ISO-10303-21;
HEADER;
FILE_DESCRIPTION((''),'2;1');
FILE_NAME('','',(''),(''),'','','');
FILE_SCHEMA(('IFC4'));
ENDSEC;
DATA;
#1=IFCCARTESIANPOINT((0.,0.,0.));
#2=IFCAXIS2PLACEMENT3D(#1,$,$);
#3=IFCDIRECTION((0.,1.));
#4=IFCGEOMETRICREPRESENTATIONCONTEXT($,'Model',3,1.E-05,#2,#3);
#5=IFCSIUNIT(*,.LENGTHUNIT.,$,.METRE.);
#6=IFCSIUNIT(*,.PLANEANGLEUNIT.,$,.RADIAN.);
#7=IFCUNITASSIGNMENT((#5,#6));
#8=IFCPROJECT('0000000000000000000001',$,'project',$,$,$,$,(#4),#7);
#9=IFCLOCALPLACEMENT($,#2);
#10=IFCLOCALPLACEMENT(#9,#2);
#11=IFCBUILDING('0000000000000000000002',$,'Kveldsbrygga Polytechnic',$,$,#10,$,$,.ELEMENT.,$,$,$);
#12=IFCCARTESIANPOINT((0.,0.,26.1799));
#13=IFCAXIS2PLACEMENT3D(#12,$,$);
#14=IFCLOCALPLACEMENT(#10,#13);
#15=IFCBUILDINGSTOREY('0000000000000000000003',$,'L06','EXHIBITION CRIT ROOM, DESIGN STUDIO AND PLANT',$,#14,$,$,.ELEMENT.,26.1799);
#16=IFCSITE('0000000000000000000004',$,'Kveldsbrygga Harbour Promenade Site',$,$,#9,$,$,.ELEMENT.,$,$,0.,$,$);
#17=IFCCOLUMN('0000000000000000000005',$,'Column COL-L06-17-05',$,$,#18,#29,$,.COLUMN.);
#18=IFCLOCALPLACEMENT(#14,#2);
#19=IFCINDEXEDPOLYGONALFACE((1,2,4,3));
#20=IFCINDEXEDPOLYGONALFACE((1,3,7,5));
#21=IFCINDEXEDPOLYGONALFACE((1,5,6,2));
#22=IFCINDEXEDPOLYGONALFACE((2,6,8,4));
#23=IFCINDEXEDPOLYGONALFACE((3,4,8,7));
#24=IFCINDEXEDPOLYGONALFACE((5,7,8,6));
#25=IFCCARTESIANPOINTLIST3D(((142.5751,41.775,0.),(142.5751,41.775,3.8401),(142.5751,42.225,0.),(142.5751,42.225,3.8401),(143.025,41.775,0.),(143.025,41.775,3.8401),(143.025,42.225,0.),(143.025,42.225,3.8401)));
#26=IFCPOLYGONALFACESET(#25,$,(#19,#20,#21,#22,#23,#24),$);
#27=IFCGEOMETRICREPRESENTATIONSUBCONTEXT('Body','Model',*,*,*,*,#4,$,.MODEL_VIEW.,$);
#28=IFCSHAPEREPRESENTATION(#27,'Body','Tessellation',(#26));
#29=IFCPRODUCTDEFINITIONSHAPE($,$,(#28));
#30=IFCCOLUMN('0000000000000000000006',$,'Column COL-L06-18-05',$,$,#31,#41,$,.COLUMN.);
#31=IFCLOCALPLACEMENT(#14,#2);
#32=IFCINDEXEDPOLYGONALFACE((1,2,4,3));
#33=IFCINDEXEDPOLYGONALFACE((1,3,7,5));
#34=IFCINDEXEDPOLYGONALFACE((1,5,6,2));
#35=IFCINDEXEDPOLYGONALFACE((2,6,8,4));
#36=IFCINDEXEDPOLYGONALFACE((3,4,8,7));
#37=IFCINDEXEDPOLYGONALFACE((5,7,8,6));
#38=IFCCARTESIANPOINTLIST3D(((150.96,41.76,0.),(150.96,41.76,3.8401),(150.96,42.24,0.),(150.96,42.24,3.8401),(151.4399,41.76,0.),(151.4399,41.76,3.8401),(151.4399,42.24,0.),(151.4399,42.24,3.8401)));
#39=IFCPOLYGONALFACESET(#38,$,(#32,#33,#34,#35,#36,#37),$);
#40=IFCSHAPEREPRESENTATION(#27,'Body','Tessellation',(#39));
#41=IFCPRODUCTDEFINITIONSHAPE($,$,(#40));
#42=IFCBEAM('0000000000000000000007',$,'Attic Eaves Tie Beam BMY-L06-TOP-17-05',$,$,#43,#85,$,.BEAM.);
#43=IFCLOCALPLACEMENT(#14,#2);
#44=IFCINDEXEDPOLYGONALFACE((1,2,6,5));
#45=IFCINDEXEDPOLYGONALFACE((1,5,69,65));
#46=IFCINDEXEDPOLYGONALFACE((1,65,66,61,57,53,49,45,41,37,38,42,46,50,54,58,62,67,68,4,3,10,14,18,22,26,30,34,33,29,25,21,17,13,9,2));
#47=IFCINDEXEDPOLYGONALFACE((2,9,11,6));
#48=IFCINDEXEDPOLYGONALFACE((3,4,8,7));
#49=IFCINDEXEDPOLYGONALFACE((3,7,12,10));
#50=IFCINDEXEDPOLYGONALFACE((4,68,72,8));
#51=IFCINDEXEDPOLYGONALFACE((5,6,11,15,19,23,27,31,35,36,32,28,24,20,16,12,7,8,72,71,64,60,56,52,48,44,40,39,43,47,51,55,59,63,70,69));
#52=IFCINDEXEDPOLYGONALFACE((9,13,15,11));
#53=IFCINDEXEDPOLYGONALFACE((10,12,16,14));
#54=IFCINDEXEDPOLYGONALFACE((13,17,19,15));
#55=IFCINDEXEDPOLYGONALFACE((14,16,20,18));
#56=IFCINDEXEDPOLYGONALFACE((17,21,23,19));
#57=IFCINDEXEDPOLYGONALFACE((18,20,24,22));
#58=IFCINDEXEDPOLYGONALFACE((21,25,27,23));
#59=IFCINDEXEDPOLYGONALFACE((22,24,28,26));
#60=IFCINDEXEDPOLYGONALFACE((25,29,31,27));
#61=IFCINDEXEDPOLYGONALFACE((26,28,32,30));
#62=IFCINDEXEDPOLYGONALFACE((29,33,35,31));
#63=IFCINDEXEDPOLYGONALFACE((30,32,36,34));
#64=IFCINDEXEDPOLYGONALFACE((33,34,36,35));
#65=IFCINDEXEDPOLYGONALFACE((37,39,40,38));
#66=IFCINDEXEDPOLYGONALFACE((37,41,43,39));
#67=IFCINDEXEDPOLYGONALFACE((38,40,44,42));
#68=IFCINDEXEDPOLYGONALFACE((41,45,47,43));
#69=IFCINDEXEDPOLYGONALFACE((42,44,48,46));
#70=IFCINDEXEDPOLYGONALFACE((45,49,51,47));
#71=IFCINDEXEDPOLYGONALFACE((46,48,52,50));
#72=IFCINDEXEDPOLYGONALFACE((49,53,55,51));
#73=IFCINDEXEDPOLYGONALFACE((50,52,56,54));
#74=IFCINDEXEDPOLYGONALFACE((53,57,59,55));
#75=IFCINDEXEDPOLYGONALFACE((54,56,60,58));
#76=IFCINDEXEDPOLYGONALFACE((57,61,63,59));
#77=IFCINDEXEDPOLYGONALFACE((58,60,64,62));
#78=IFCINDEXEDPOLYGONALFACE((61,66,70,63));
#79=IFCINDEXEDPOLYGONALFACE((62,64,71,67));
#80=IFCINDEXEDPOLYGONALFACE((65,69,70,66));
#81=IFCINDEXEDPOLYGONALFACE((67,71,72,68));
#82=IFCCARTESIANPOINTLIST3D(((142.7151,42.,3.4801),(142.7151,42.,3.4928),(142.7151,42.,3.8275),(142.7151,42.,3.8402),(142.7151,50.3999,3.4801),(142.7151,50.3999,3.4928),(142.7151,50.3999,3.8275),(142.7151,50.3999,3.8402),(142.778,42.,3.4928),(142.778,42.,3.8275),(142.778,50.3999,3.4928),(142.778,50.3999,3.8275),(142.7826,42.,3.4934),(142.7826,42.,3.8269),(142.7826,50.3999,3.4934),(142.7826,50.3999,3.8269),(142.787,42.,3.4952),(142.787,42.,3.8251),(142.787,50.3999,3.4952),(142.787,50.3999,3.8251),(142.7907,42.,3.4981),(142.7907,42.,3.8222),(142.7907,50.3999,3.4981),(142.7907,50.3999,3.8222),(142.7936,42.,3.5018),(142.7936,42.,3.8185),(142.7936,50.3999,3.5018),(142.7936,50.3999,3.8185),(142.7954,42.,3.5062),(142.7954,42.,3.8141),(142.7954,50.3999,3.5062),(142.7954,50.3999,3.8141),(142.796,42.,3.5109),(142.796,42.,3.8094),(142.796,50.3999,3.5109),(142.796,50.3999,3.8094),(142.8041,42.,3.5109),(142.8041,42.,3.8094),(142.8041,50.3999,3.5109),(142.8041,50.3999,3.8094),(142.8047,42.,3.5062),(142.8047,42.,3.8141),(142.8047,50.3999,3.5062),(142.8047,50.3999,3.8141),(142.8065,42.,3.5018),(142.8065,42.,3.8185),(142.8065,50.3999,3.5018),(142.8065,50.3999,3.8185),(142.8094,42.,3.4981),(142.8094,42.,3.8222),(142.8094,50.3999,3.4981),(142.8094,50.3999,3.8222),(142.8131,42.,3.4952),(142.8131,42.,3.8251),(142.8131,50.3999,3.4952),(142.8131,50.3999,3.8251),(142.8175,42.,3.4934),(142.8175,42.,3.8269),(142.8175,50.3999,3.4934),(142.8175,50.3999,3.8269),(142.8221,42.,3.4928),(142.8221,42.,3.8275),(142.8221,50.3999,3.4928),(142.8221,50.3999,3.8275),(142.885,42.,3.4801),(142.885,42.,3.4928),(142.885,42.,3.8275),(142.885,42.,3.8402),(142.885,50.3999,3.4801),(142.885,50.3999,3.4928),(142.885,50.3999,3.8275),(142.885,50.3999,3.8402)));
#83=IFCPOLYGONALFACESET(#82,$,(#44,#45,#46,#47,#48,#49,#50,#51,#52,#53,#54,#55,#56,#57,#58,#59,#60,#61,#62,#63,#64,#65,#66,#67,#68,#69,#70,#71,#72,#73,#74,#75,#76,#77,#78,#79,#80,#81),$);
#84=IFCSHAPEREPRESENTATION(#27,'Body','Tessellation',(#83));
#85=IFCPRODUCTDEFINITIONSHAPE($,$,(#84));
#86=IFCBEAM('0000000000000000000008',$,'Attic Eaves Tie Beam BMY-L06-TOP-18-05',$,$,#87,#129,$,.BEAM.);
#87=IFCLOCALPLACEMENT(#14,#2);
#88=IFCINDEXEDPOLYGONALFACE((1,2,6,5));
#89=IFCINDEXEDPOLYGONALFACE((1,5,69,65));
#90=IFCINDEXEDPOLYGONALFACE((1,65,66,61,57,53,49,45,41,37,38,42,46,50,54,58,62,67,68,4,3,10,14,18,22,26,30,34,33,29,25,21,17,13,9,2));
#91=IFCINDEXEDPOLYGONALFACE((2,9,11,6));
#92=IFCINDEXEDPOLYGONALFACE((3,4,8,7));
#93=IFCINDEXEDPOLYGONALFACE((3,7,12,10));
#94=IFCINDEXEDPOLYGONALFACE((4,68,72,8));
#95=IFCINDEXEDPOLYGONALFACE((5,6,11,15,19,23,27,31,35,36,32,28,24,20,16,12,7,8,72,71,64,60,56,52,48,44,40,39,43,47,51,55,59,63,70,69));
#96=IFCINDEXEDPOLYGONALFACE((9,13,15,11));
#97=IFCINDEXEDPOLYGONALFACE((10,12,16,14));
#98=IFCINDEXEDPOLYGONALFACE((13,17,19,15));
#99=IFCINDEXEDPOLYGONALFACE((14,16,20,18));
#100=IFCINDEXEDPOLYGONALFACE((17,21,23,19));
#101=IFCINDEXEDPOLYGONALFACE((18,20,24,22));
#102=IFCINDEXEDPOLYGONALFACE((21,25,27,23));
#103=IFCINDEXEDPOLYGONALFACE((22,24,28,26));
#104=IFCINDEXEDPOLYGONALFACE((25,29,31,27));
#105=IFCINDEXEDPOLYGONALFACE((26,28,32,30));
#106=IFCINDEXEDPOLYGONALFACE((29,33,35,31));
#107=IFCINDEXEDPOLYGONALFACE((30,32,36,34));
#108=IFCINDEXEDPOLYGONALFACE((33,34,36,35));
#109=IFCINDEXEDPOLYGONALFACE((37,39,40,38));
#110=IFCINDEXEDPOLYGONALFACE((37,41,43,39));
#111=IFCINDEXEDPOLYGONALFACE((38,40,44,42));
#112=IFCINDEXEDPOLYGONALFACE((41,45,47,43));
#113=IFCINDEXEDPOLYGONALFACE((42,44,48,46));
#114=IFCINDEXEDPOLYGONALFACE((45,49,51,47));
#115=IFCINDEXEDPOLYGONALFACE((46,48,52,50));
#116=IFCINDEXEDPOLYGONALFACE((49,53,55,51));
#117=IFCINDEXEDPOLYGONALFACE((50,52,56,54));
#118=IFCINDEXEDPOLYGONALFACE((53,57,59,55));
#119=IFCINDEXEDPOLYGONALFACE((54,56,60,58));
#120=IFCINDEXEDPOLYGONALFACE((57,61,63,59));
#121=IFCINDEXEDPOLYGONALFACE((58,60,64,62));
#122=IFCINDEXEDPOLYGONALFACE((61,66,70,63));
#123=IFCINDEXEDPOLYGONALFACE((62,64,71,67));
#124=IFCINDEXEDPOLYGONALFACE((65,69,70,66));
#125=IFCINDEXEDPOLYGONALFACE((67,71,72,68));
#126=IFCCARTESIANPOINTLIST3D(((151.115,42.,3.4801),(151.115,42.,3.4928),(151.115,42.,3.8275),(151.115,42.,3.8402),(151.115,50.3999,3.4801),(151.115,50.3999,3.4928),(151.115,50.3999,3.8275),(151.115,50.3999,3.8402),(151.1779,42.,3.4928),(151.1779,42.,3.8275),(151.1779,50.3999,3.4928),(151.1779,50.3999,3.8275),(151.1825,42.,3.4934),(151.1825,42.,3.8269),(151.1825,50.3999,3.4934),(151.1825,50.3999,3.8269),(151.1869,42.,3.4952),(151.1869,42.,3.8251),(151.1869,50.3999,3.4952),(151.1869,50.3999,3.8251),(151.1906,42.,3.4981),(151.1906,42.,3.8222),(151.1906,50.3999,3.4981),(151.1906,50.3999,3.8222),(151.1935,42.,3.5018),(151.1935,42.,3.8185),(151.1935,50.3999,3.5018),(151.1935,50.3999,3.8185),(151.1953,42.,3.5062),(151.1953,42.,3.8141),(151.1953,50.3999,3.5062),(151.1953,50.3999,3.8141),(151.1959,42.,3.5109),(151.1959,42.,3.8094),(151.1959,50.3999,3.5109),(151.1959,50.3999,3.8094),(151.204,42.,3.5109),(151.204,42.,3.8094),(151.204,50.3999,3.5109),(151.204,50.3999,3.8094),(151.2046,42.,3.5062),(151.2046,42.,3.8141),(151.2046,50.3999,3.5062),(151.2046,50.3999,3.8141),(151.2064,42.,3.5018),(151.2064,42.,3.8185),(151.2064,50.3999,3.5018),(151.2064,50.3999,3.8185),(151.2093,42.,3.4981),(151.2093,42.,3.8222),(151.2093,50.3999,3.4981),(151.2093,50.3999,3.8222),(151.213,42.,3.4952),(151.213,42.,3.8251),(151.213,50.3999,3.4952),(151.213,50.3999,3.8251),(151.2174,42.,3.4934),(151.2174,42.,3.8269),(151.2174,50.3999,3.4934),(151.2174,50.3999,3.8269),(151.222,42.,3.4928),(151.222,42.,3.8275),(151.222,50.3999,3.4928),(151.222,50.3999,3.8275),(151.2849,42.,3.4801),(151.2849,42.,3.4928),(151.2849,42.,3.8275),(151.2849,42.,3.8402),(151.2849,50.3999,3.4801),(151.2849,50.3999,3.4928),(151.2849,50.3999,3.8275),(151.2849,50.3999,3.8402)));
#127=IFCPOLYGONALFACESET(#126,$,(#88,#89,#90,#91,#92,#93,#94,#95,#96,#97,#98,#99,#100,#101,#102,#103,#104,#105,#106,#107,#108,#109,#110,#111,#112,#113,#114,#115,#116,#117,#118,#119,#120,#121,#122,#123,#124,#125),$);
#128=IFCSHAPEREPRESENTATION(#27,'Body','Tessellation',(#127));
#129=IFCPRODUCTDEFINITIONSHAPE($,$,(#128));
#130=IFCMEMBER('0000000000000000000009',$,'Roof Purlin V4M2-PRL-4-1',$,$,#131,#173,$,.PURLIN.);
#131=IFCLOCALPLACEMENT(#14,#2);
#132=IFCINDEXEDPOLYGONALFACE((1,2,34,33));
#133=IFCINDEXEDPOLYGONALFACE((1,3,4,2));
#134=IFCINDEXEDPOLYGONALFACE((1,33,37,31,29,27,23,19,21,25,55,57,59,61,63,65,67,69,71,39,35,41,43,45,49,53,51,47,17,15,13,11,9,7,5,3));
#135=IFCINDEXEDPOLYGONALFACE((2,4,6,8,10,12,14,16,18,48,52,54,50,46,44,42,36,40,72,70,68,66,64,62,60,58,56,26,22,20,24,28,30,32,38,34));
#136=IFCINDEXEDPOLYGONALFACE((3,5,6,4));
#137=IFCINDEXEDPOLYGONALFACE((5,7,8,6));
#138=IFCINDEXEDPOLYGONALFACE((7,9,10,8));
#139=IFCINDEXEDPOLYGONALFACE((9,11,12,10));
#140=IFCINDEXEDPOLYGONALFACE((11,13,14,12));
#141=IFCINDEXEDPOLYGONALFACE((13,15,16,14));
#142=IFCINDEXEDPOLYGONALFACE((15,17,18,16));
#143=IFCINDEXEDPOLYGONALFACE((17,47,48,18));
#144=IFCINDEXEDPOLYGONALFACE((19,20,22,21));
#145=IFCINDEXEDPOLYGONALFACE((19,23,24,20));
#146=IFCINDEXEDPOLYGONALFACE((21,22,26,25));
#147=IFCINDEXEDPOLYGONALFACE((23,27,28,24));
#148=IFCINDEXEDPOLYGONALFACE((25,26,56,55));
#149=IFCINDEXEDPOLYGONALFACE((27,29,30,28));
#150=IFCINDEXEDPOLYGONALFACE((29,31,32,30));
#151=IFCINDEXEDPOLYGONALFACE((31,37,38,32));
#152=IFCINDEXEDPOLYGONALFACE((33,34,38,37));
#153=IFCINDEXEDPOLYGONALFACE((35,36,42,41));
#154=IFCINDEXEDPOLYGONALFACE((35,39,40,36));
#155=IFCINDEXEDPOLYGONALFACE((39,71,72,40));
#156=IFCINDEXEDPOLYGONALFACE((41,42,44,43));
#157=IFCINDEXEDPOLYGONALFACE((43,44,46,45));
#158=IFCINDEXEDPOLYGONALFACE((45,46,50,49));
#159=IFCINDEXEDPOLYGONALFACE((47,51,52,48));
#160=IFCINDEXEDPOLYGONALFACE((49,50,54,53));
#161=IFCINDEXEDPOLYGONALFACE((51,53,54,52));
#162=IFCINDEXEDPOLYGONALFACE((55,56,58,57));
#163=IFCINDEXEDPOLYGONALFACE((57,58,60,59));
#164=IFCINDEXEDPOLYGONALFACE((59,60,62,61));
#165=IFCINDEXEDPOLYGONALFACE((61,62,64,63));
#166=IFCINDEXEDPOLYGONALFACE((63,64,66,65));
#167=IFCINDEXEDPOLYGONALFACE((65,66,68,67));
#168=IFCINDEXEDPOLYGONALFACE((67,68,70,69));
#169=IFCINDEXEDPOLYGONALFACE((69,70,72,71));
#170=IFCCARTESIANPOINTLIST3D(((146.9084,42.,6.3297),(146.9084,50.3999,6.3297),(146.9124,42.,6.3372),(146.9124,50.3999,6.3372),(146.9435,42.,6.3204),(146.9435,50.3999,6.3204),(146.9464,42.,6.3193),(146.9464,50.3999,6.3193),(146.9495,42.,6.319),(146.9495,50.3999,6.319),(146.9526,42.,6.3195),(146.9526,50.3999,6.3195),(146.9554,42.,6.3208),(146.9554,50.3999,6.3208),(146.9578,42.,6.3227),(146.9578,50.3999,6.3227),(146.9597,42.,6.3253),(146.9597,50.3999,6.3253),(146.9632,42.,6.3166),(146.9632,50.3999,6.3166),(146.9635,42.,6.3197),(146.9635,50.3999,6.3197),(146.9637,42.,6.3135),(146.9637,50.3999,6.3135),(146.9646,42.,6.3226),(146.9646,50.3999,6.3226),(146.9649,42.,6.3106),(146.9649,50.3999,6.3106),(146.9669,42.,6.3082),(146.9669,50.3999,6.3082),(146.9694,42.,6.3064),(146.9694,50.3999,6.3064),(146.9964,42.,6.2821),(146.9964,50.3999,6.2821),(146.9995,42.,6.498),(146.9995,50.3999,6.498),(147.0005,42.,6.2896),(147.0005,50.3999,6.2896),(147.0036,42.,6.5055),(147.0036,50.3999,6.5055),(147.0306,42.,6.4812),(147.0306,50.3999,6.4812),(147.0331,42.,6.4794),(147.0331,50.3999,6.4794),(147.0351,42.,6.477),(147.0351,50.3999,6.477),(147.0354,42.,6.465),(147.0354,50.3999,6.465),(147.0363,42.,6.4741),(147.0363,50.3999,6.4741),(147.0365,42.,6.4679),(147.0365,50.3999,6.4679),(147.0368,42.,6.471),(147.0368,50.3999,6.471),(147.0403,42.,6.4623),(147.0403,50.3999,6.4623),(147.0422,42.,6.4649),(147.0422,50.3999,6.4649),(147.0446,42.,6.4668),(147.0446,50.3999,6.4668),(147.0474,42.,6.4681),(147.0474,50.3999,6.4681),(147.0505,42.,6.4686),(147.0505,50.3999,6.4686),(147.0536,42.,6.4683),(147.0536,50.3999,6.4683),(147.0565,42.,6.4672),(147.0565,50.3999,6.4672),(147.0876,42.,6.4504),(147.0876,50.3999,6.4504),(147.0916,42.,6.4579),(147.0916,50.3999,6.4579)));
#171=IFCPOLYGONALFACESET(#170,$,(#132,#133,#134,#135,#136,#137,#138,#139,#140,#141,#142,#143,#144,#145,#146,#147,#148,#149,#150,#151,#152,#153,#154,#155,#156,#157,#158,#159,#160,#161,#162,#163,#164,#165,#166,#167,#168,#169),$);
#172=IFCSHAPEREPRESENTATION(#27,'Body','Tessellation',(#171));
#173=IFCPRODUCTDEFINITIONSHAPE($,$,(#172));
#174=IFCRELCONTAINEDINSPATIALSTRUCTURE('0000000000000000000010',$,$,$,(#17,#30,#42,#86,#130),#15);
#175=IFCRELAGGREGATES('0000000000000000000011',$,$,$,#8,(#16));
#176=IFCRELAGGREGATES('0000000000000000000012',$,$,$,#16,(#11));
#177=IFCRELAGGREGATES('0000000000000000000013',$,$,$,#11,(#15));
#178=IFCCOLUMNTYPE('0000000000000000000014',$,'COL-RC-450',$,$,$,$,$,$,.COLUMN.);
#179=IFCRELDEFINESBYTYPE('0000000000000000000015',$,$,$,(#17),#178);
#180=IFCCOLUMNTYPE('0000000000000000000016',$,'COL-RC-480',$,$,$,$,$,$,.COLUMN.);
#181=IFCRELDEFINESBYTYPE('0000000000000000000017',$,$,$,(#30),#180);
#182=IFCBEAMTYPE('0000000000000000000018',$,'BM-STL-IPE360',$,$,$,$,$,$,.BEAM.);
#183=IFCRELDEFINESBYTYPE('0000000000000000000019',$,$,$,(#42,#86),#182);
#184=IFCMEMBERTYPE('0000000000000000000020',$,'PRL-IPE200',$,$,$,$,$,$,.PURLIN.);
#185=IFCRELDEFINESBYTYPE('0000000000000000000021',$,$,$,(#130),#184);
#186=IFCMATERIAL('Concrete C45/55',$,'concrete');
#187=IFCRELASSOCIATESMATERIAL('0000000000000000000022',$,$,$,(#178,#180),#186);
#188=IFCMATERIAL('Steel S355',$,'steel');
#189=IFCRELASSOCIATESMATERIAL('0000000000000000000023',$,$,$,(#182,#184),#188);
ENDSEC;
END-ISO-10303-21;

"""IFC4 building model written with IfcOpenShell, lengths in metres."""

from ifc_helpers import new_model, si_unit, direction, frame, origin, origin_2d, place, context, subcontext, project, spatial, rectangle, i_section, extrude, material, material_profile, profile_set, type_object, element, save


model = new_model("IFC4")

# Units and contexts
model_context = context("Model", 3, precision=1e-05, world=origin(), true_north=direction((0.0, 1.0)))
body_context = subcontext(model_context, "Body", "Model", "MODEL_VIEW")
ifc_project = project(units=[si_unit("LENGTHUNIT", "METRE"), si_unit("PLANEANGLEUNIT", "RADIAN")], contexts=[model_context])

# Site, building, storey
site_placement = place(None, origin())
site = spatial("IfcSite", under=ifc_project, at=site_placement, Name="Kveldsbrygga Harbour Promenade Site", CompositionType="ELEMENT", RefElevation=0.0)
building_placement = place(site_placement, origin())
building = spatial("IfcBuilding", under=site, at=building_placement, Name="Kveldsbrygga Polytechnic", CompositionType="ELEMENT")
storey_placement = place(building_placement, frame((0.0, 0.0, 26.1799)))
storey = spatial("IfcBuildingStorey", under=building, at=storey_placement, Name="L06", Description="EXHIBITION CRIT ROOM, DESIGN STUDIO AND PLANT", CompositionType="ELEMENT", Elevation=26.1799)

# Columns
ifc_material_1 = material(Name="Concrete C45/55", Category="concrete")
ifc_material_profile_1 = material_profile(ifc_material_1, rectangle(XDim=0.45, YDim=0.45, at=origin_2d()), Name="RC 450x450")
ifc_profile_set_1 = profile_set([ifc_material_profile_1], Name="Concrete C45/55")
column_type_1 = type_object("IfcColumnType", Name="COL-RC-450", PredefinedType="COLUMN", material=ifc_profile_set_1)
column_1_placement = place(storey_placement, frame((142.8, 42.0, 0.0), z_axis=(0.0, 0.0, 1.0), x_axis=(1.0, 0.0, 0.0)))
element("IfcColumn", 1, at=column_1_placement, inside=storey, type_object=column_type_1, Name="Column COL-L06-17-05", PredefinedType="COLUMN", context=body_context, shape_type="SweptSolid", body=[
    extrude(rectangle(XDim=0.45, YDim=0.45, at=origin_2d()), origin(), (0.0, 0.0, 1.0), 3.8401),
])
ifc_material_profile_2 = material_profile(ifc_material_1, rectangle(XDim=0.48, YDim=0.48, at=origin_2d()), Name="RC 480x480")
ifc_profile_set_2 = profile_set([ifc_material_profile_2], Name="Concrete C45/55")
column_type_2 = type_object("IfcColumnType", Name="COL-RC-480", PredefinedType="COLUMN", material=ifc_profile_set_2)
column_2_placement = place(storey_placement, frame((151.2, 42.0, 0.0), z_axis=(0.0, 0.0, 1.0), x_axis=(1.0, 0.0, 0.0)))
element("IfcColumn", 2, at=column_2_placement, inside=storey, type_object=column_type_2, Name="Column COL-L06-18-05", PredefinedType="COLUMN", context=body_context, shape_type="SweptSolid", body=[
    extrude(rectangle(XDim=0.48, YDim=0.48, at=origin_2d()), origin(), (0.0, 0.0, 1.0), 3.8401),
])

# Beams
ifc_material_2 = material(Name="Steel S355", Category="steel")
ifc_material_profile_3 = material_profile(ifc_material_2, i_section(OverallWidth=0.1699, OverallDepth=0.3601, WebThickness=0.0081, FlangeThickness=0.0127, FilletRadius=0.0181, at=origin_2d()), Name="IPE 360")
ifc_profile_set_3 = profile_set([ifc_material_profile_3], Name="Steel S355")
beam_type = type_object("IfcBeamType", Name="BM-STL-IPE360", PredefinedType="BEAM", material=ifc_profile_set_3)
for number, where, z_axis, x_axis, name in (
    (3, (142.8, 42.0, 3.6602), (0.0, 1.0, 0.0), (-1.0, 0.0, 0.0), "Attic Eaves Tie Beam BMY-L06-TOP-17-05"),
    (4, (151.2, 42.0, 3.6602), (0.0, 1.0, 0.0), (-1.0, 0.0, 0.0), "Attic Eaves Tie Beam BMY-L06-TOP-18-05"),
):
    element("IfcBeam", number, at=place(storey_placement, frame(where, z_axis=z_axis, x_axis=x_axis)), inside=storey, type_object=beam_type, Name=name, PredefinedType="BEAM", context=body_context, shape_type="SweptSolid", body=[
        extrude(i_section(OverallWidth=0.1699, OverallDepth=0.3601, WebThickness=0.0081, FlangeThickness=0.0127, FilletRadius=0.0181, at=origin_2d()), origin(), (0.0, 0.0, 1.0), 8.3999),
    ])

# Member
ifc_material_profile_4 = material_profile(ifc_material_2, i_section(OverallWidth=0.1001, OverallDepth=0.2, WebThickness=0.0056, FlangeThickness=0.0085, FilletRadius=0.012, at=origin_2d()), Name="IPE 200")
ifc_profile_set_4 = profile_set([ifc_material_profile_4], Name="Steel S355")
member_type_1 = type_object("IfcMemberType", Name="PRL-IPE200", PredefinedType="PURLIN", material=ifc_profile_set_4)
for number, where, z_axis, x_axis, name in (
    (5, (147.0, 42.0, 6.3938), (0.0, 1.0, 0.0), (-0.879292, 0.0, 0.476283), "Roof Purlin V4M2-PRL-4-1"),
):
    element("IfcMember", number, at=place(storey_placement, frame(where, z_axis=z_axis, x_axis=x_axis)), inside=storey, type_object=member_type_1, Name=name, PredefinedType="PURLIN", context=body_context, shape_type="SweptSolid", body=[
        extrude(i_section(OverallWidth=0.1001, OverallDepth=0.2, WebThickness=0.0056, FlangeThickness=0.0085, FilletRadius=0.012, at=origin_2d()), origin(), (0.0, 0.0, 1.0), 8.3999),
    ])

save(model, "model.ifc")
